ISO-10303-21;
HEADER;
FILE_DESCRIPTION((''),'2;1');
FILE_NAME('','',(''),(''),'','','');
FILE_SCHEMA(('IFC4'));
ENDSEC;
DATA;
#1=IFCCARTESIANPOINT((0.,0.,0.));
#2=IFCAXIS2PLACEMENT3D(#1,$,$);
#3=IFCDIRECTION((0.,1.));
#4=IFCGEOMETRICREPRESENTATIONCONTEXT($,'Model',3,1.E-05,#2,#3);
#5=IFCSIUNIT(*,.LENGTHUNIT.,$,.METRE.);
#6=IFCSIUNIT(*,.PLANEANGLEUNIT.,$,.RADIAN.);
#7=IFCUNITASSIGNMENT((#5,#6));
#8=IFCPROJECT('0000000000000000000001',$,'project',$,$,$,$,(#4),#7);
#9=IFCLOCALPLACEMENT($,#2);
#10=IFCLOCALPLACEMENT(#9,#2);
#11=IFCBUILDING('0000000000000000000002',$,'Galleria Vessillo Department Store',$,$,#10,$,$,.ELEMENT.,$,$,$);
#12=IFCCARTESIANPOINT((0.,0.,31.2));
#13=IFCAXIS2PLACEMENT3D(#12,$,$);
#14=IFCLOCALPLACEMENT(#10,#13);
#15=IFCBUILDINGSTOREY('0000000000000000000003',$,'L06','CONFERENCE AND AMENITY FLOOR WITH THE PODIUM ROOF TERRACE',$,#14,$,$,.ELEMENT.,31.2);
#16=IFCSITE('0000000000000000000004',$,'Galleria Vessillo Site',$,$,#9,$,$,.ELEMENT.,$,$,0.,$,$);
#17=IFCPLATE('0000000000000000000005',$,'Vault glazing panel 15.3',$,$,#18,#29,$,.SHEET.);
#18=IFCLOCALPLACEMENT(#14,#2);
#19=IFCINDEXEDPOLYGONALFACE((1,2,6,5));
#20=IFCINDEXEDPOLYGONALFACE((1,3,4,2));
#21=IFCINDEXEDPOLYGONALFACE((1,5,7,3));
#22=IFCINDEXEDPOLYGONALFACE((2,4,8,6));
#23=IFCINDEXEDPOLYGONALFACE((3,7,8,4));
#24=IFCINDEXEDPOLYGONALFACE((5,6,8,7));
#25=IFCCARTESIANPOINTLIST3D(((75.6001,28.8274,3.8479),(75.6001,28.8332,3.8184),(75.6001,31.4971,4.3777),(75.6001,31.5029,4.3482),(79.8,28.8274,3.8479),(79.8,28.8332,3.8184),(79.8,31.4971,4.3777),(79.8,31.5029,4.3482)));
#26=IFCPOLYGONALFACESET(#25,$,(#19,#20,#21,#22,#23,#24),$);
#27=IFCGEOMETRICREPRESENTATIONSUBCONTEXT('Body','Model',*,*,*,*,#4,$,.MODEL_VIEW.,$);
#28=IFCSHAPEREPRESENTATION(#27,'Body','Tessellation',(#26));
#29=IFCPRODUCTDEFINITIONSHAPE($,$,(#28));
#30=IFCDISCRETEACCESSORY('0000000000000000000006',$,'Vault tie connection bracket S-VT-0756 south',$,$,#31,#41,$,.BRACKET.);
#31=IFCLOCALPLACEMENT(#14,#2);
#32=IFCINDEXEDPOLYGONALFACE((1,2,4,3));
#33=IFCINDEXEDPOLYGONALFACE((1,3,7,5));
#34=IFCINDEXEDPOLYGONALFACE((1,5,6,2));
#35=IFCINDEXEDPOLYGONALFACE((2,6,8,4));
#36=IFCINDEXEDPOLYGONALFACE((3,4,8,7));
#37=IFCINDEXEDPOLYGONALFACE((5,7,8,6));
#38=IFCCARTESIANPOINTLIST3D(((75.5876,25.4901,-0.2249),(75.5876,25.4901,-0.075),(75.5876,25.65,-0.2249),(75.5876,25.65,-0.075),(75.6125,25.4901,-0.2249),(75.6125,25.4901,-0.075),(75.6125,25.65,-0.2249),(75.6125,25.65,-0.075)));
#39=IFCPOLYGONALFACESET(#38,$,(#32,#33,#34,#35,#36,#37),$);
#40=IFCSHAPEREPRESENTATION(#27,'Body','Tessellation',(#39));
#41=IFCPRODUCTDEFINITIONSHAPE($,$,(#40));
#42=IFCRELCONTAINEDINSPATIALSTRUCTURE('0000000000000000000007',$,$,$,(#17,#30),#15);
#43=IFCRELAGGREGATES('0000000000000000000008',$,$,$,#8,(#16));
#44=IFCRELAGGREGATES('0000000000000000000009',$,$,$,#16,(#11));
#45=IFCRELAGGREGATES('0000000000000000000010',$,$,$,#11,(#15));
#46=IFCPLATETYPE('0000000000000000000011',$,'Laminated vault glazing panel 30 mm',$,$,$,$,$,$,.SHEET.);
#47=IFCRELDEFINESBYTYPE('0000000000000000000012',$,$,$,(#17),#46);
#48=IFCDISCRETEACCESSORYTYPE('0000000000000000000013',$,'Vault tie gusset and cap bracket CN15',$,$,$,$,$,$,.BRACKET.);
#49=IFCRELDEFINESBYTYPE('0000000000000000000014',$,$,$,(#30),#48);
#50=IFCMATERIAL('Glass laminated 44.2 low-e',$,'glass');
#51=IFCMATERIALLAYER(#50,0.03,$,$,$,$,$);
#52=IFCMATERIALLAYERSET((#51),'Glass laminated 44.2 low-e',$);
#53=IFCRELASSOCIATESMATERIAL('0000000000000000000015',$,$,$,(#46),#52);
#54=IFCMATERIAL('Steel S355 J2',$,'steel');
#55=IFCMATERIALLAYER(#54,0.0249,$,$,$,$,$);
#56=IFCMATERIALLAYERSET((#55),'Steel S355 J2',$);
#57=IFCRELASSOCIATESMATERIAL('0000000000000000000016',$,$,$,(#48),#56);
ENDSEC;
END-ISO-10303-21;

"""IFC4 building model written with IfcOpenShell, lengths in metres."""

from ifc_helpers import new_model, si_unit, direction, frame, origin, origin_2d, place, context, subcontext, project, spatial, polyline, rectangle, outline, extrude, material, layer, layer_set, type_object, element, save


model = new_model("IFC4")

# Units and contexts
model_context = context("Model", 3, precision=1e-05, world=origin(), true_north=direction((0.0, 1.0)))
body_context = subcontext(model_context, "Body", "Model", "MODEL_VIEW")
ifc_project = project(units=[si_unit("LENGTHUNIT", "METRE"), si_unit("PLANEANGLEUNIT", "RADIAN")], contexts=[model_context])

# Site, building, storey
site_placement = place(None, origin())
site = spatial("IfcSite", under=ifc_project, at=site_placement, Name="Galleria Vessillo Site", CompositionType="ELEMENT", RefElevation=0.0)
building_placement = place(site_placement, origin())
building = spatial("IfcBuilding", under=site, at=building_placement, Name="Galleria Vessillo Department Store", CompositionType="ELEMENT")
storey_placement = place(building_placement, frame((0.0, 0.0, 31.2)))
storey = spatial("IfcBuildingStorey", under=building, at=storey_placement, Name="L06", Description="CONFERENCE AND AMENITY FLOOR WITH THE PODIUM ROOF TERRACE", CompositionType="ELEMENT", Elevation=31.2)

# Plate
ifc_material_1 = material(Name="Glass laminated 44.2 low-e", Category="glass")
ifc_layer_1 = layer(ifc_material_1, 0.03)
ifc_layer_set_1 = layer_set([ifc_layer_1], Name="Glass laminated 44.2 low-e")
plate_type = type_object("IfcPlateType", Name="Laminated vault glazing panel 30 mm", PredefinedType="SHEET", material=ifc_layer_set_1)
plate_1_placement = place(storey_placement, frame((75.6001, 28.8274, 3.8479), z_axis=(0.0, -0.19465, 0.980873), x_axis=(1.0, 0.0, 0.0)))
element("IfcPlate", 1, at=plate_1_placement, inside=storey, type_object=plate_type, Name="Vault glazing panel 15.3", PredefinedType="SHEET", context=body_context, shape_type="SweptSolid", body=[
    extrude(outline(polyline([(0.0, 0.0), (4.2, 0.0), (4.2, 2.7217), (0.0, 2.7217), (0.0, 0.0)])), origin(), (0.0, 0.0, -1.0), 0.03),
])

# Discrete accessory
ifc_material_2 = material(Name="Steel S355 J2", Category="steel")
ifc_layer_2 = layer(ifc_material_2, 0.0249)
ifc_layer_set_2 = layer_set([ifc_layer_2], Name="Steel S355 J2")
discrete_accessory_type = type_object("IfcDiscreteAccessoryType", Name="Vault tie gusset and cap bracket CN15", PredefinedType="BRACKET", material=ifc_layer_set_2)
discrete_accessory_placement = place(storey_placement, frame((75.6001, 25.5701, -0.2249), z_axis=(0.0, 0.0, 1.0), x_axis=(1.0, 0.0, 0.0)))
element("IfcDiscreteAccessory", 2, at=discrete_accessory_placement, inside=storey, type_object=discrete_accessory_type, Name="Vault tie connection bracket S-VT-0756 south", PredefinedType="BRACKET", context=body_context, shape_type="SweptSolid", body=[
    extrude(rectangle(XDim=0.0249, YDim=0.1599, at=origin_2d()), origin(), (0.0, 0.0, 1.0), 0.1499),
])

save(model, "model.ifc")
